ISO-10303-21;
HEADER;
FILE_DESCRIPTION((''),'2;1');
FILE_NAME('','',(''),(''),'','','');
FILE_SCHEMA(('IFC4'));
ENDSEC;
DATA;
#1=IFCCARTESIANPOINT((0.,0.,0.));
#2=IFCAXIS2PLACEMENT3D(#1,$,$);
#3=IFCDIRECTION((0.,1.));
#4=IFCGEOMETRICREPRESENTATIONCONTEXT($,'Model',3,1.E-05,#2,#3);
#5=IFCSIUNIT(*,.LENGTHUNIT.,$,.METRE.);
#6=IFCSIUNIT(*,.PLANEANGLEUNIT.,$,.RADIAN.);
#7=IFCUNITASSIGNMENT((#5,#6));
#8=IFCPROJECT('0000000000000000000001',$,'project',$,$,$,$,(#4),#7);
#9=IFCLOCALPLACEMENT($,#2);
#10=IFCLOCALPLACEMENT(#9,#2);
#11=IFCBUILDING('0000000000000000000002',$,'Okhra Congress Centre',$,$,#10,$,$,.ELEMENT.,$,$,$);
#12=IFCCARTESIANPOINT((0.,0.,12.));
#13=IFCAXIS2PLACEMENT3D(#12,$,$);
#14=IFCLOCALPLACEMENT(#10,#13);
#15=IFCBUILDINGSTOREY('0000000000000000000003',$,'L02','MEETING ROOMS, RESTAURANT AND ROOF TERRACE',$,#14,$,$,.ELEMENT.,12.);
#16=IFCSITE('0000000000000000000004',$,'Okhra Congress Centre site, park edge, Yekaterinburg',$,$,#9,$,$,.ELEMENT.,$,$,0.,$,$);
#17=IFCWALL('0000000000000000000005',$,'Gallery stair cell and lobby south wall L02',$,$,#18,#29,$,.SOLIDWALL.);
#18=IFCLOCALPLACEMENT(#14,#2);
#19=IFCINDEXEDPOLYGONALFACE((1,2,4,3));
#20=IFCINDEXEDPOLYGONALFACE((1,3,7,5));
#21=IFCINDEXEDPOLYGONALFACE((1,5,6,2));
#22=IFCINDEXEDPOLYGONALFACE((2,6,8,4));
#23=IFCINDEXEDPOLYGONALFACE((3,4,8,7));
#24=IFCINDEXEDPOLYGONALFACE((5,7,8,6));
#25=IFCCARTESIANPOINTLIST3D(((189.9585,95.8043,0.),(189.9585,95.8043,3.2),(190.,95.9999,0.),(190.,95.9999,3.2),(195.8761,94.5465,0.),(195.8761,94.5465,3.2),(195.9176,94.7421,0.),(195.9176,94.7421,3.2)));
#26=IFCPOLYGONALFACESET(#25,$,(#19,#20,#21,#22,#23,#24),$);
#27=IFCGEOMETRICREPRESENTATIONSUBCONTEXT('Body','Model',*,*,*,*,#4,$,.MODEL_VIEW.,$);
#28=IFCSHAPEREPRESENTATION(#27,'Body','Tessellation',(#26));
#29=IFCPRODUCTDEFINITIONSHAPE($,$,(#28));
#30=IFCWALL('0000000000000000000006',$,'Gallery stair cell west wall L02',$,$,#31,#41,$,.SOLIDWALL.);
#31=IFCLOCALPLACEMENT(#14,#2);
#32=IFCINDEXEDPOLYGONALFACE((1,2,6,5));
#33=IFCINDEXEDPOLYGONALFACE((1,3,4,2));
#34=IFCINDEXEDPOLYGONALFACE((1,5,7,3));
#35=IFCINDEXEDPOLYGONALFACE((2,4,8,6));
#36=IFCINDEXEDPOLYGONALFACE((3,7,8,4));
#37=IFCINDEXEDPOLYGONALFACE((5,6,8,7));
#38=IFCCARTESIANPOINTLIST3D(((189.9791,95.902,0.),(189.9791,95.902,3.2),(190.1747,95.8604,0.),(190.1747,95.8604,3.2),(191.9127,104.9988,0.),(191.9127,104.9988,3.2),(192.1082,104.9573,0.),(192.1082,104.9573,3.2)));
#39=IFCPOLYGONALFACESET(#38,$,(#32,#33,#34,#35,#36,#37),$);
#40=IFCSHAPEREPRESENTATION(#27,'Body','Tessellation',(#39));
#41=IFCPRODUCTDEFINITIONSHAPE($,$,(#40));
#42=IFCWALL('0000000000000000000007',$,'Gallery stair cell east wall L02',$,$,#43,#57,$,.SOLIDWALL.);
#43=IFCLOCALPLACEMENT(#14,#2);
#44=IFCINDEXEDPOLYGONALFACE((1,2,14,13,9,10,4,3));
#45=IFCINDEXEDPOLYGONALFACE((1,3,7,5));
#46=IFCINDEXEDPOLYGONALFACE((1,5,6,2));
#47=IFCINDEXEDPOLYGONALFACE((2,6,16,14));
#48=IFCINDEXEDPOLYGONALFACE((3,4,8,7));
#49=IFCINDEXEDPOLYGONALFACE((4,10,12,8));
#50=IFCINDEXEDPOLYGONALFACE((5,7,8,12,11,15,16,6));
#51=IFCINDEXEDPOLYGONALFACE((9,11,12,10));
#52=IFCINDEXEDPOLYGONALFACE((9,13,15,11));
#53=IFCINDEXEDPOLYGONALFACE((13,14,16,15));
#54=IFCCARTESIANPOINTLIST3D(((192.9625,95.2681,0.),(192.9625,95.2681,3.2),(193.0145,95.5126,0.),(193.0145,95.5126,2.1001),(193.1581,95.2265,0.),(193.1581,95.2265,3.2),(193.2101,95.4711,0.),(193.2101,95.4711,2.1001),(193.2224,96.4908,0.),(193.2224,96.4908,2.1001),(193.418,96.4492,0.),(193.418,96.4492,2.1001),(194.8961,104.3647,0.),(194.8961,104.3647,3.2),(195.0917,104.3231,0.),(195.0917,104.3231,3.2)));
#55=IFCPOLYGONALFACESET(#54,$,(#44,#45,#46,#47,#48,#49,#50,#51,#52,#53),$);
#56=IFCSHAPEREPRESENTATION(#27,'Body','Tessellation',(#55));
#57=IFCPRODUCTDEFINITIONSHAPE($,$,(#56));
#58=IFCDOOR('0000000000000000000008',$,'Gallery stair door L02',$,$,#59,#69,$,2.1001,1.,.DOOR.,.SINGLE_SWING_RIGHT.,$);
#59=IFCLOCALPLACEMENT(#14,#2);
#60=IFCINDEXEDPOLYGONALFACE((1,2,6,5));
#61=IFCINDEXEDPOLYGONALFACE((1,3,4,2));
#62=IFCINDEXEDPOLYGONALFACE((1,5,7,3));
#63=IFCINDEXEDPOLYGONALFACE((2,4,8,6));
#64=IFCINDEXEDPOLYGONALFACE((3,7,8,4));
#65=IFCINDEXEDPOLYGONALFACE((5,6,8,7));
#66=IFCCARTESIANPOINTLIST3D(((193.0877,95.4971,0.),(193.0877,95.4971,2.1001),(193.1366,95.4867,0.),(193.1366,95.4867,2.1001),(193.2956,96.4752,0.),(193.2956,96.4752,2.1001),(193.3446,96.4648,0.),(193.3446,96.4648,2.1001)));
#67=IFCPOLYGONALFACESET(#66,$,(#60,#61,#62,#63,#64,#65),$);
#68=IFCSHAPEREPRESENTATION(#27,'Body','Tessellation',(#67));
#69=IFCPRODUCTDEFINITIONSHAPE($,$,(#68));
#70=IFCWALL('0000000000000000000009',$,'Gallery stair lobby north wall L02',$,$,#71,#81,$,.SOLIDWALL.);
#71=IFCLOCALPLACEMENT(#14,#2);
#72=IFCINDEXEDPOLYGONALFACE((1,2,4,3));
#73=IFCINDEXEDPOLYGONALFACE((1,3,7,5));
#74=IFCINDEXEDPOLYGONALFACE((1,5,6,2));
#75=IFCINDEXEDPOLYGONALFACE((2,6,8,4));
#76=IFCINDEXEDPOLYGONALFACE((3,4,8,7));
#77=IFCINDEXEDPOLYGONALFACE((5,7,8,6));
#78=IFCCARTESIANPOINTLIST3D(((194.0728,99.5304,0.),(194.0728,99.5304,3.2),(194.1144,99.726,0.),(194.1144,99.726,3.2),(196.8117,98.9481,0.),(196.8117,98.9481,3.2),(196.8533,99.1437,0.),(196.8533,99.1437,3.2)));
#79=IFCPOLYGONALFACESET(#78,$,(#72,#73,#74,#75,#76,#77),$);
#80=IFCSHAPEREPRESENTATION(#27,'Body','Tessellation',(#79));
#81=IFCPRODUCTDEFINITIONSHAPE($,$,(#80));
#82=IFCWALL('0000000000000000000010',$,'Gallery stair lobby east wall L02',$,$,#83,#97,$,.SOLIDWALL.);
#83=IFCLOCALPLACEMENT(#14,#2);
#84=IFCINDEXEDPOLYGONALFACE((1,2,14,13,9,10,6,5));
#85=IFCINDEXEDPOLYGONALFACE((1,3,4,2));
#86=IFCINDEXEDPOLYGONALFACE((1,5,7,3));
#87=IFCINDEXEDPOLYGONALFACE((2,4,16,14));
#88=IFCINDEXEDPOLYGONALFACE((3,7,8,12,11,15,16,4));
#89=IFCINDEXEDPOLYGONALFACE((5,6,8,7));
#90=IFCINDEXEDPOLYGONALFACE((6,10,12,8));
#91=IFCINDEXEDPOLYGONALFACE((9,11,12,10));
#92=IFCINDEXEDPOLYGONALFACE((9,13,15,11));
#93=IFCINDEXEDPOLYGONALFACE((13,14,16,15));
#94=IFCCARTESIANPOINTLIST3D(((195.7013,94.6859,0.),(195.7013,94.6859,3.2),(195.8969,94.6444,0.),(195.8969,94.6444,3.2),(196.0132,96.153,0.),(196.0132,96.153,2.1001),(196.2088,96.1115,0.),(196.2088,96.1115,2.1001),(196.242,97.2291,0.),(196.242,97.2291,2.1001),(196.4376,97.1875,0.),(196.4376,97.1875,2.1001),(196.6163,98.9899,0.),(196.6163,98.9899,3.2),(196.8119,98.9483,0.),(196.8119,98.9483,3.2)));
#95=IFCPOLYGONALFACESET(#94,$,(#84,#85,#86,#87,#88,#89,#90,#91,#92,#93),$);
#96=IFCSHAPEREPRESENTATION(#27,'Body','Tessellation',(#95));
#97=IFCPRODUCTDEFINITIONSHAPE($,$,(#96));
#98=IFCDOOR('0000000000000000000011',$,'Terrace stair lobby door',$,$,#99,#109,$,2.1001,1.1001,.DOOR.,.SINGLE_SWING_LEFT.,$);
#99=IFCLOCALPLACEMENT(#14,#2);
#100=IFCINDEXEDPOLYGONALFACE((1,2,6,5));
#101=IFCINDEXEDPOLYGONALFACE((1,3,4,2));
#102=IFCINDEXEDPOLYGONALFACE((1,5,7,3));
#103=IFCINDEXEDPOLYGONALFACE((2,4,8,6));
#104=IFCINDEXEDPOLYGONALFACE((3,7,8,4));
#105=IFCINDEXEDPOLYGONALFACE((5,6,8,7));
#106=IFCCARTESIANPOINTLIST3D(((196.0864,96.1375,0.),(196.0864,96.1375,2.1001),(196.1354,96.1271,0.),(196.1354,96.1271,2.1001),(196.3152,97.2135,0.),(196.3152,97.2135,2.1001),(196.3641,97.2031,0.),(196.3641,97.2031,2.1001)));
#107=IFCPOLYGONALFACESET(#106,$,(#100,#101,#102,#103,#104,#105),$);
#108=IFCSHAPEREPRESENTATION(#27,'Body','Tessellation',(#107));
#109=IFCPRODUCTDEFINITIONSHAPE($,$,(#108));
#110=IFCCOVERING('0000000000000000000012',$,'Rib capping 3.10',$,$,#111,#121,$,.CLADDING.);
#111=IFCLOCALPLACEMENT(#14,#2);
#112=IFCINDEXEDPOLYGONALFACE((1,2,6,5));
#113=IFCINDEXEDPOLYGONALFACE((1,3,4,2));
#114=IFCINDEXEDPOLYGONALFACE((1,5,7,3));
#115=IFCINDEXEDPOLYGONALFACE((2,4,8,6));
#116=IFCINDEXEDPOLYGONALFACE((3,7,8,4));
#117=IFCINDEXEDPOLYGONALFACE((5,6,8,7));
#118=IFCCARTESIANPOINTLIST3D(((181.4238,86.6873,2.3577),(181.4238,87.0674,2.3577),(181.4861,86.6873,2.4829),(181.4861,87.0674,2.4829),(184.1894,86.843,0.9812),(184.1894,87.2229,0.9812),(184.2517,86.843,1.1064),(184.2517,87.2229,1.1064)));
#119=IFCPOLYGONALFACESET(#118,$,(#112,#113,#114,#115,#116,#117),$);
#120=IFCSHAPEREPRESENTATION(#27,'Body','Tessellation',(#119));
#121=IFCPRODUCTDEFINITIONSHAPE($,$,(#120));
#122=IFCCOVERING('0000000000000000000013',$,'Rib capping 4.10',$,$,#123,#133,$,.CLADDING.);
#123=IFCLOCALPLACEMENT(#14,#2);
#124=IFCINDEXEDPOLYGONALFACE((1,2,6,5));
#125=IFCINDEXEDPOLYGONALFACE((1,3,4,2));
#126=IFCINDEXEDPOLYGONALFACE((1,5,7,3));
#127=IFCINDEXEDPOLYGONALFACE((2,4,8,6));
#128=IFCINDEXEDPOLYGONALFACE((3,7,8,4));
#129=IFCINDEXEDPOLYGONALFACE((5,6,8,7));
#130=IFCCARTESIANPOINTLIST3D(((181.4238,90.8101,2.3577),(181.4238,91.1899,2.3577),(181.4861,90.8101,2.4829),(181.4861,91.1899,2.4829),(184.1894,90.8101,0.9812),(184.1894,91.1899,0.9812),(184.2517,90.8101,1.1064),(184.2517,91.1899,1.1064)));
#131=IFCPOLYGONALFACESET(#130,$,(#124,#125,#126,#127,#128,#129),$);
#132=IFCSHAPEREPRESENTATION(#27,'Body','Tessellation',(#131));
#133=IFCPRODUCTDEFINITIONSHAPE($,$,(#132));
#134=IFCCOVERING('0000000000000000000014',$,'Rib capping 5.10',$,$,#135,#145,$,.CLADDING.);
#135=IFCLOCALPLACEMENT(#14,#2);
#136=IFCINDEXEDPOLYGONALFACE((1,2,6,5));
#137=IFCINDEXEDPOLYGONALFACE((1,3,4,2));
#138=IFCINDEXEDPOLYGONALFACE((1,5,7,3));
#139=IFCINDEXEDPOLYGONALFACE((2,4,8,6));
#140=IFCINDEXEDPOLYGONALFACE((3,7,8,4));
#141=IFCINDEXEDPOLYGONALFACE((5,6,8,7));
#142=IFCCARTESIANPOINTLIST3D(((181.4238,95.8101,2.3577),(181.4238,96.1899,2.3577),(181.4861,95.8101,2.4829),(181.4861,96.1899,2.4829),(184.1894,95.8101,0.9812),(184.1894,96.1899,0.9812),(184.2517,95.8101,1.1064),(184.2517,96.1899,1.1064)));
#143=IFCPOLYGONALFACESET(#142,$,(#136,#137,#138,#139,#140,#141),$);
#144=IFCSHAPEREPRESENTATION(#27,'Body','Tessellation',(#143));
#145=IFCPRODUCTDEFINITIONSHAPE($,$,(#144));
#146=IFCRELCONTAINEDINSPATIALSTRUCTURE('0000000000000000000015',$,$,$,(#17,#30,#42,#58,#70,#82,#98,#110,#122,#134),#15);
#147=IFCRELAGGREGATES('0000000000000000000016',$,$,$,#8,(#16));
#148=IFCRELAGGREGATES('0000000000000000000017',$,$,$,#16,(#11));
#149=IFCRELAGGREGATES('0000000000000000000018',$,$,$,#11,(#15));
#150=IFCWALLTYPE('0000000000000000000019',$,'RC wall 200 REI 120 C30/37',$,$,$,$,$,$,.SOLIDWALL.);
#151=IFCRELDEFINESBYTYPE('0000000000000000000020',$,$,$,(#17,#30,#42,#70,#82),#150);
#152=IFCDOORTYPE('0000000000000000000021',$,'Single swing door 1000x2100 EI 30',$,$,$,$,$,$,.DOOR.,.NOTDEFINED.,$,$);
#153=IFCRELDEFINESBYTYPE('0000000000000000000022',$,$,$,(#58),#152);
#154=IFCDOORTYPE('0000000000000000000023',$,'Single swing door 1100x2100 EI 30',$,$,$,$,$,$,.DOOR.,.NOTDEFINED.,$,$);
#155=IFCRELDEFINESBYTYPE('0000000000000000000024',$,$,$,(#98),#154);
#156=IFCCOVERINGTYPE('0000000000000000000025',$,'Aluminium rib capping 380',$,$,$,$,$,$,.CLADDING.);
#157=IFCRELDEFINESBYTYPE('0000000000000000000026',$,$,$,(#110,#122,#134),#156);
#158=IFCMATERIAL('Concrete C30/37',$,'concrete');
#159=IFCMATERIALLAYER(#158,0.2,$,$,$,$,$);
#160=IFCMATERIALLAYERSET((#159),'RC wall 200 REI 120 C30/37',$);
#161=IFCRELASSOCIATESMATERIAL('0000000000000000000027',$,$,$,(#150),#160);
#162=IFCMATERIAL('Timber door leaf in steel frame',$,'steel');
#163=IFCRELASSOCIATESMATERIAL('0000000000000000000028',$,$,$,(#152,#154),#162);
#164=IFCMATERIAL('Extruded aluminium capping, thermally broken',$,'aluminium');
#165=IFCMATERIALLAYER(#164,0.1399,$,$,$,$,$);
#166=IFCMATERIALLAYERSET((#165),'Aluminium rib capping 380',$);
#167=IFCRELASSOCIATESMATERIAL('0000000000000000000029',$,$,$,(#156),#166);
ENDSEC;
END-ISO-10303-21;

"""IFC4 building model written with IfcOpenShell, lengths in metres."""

from ifc_helpers import new_model, si_unit, direction, frame, frame_2d, origin, place, context, subcontext, project, spatial, polyline, rectangle, outline, extrude, material, layer, layer_set, type_object, element, fill, save


model = new_model("IFC4")

# Units and contexts
model_context = context("Model", 3, precision=1e-05, world=origin(), true_north=direction((0.0, 1.0)))
body_context = subcontext(model_context, "Body", "Model", "MODEL_VIEW")
ifc_project = project(units=[si_unit("LENGTHUNIT", "METRE"), si_unit("PLANEANGLEUNIT", "RADIAN")], contexts=[model_context])

# Site, building, storey
site_placement = place(None, origin())
site = spatial("IfcSite", under=ifc_project, at=site_placement, Name="Okhra Congress Centre site, park edge, Yekaterinburg", CompositionType="ELEMENT", RefElevation=0.0)
building_placement = place(site_placement, origin())
building = spatial("IfcBuilding", under=site, at=building_placement, Name="Okhra Congress Centre", CompositionType="ELEMENT")
storey_placement = place(building_placement, frame((0.0, 0.0, 12.0)))
storey = spatial("IfcBuildingStorey", under=building, at=storey_placement, Name="L02", Description="MEETING ROOMS, RESTAURANT AND ROOF TERRACE", CompositionType="ELEMENT", Elevation=12.0)

# Walls
ifc_material_1 = material(Name="Concrete C30/37", Category="concrete")
ifc_layer_1 = layer(ifc_material_1, 0.2)
ifc_layer_set_1 = layer_set([ifc_layer_1], Name="RC wall 200 REI 120 C30/37")
wall_type_1 = type_object("IfcWallType", Name="RC wall 200 REI 120 C30/37", PredefinedType="SOLIDWALL", material=ifc_layer_set_1)
wall_1_placement = place(storey_placement, frame((189.9792, 95.9021, 0.0), z_axis=(0.0, 0.0, 1.0), x_axis=(0.978149, -0.207906, 0.0)))
element("IfcWall", 1, at=wall_1_placement, inside=storey, type_object=wall_type_1, Name="Gallery stair cell and lobby south wall L02", PredefinedType="SOLIDWALL", context=body_context, shape_type="SweptSolid", body=[
    extrude(rectangle(XDim=6.0498, YDim=0.2, at=frame_2d((3.0249, 0.0))), origin(), (0.0, 0.0, 1.0), 3.2),
])
wall_2_placement = place(storey_placement, frame((190.0769, 95.8813, 0.0), z_axis=(0.0, 0.0, 1.0), x_axis=(0.20791, 0.978148, 0.0)))
element("IfcWall", 2, at=wall_2_placement, inside=storey, type_object=wall_type_1, Name="Gallery stair cell west wall L02", PredefinedType="SOLIDWALL", context=body_context, shape_type="SweptSolid", body=[
    extrude(rectangle(XDim=9.3, YDim=0.2, at=frame_2d((4.6499, 0.0))), origin(), (0.0, 0.0, 1.0), 3.2),
])

# Wall, opening, door
wall_3_placement = place(storey_placement, frame((193.0603, 95.2473, 0.0), z_axis=(0.0, 0.0, 1.0), x_axis=(0.207915, 0.978147, 0.0)))
wall_3 = element("IfcWall", 3, at=wall_3_placement, inside=storey, type_object=wall_type_1, Name="Gallery stair cell east wall L02", PredefinedType="SOLIDWALL", context=body_context, shape_type="SweptSolid", body=[
    extrude(rectangle(XDim=9.2998, YDim=0.2, at=frame_2d((4.6499, 0.0))), origin(), (0.0, 0.0, 1.0), 3.2),
])
opening_1_placement = place(wall_3_placement, frame((0.25, 0.0, 0.0)))
opening_1 = element("IfcOpeningElement", 4, at=opening_1_placement, cuts=wall_3, PredefinedType="OPENING", context=body_context, shape_type="SweptSolid", body=[
    extrude(rectangle(XDim=1.0, YDim=2.1001, at=frame_2d((0.5, 1.05))), frame((0.0, 0.1099, 0.0), z_axis=(0.0, -1.0, 0.0), x_axis=(1.0, 0.0, 0.0)), (0.0, 0.0, 1.0), 0.22),
])
ifc_material_2 = material(Name="Timber door leaf in steel frame", Category="steel")
door_type_1 = type_object("IfcDoorType", Name="Single swing door 1000x2100 EI 30", OperationType="NOTDEFINED", PredefinedType="DOOR", material=ifc_material_2)
door_1_placement = place(opening_1_placement, frame((1.0, 0.0, 0.0), z_axis=(0.0, 0.0, 1.0), x_axis=(-1.0, 0.0, 0.0)))
door_1 = element("IfcDoor", 5, at=door_1_placement, inside=storey, type_object=door_type_1, Name="Gallery stair door L02", OperationType="SINGLE_SWING_RIGHT", OverallHeight=2.1001, OverallWidth=1.0, PredefinedType="DOOR", context=body_context, shape_type="SweptSolid", body=[
    extrude(rectangle(XDim=1.0, YDim=2.1001, at=frame_2d((0.5, 1.05))), frame((0.0, 0.0249, 0.0), z_axis=(0.0, -1.0, 0.0), x_axis=(1.0, 0.0, 0.0)), (0.0, 0.0, 1.0), 0.05),
])
fill(opening_1, door_1)

# Wall
wall_4_placement = place(storey_placement, frame((194.0938, 99.6282, 0.0), z_axis=(0.0, 0.0, 1.0), x_axis=(0.978138, -0.207957, 0.0)))
element("IfcWall", 6, at=wall_4_placement, inside=storey, type_object=wall_type_1, Name="Gallery stair lobby north wall L02", PredefinedType="SOLIDWALL", context=body_context, shape_type="SweptSolid", body=[
    extrude(rectangle(XDim=2.8, YDim=0.2, at=frame_2d((1.3999, 0.0))), origin(), (0.0, 0.0, 1.0), 3.2),
])

# Wall, opening, door
wall_5_placement = place(storey_placement, frame((195.7991, 94.665, 0.0), z_axis=(0.0, 0.0, 1.0), x_axis=(0.207956, 0.978138, 0.0)))
wall_5 = element("IfcWall", 7, at=wall_5_placement, inside=storey, type_object=wall_type_1, Name="Gallery stair lobby east wall L02", PredefinedType="SOLIDWALL", context=body_context, shape_type="SweptSolid", body=[
    extrude(rectangle(XDim=4.4001, YDim=0.2, at=frame_2d((2.2002, 0.0))), origin(), (0.0, 0.0, 1.0), 3.2),
])
opening_2_placement = place(wall_5_placement, frame((1.5, 0.0, 0.0)))
opening_2 = element("IfcOpeningElement", 8, at=opening_2_placement, cuts=wall_5, PredefinedType="OPENING", context=body_context, shape_type="SweptSolid", body=[
    extrude(rectangle(XDim=1.1001, YDim=2.1001, at=frame_2d((0.55, 1.05))), frame((0.0, 0.1099, 0.0), z_axis=(0.0, -1.0, 0.0), x_axis=(1.0, 0.0, 0.0)), (0.0, 0.0, 1.0), 0.22),
])
door_type_2 = type_object("IfcDoorType", Name="Single swing door 1100x2100 EI 30", OperationType="NOTDEFINED", PredefinedType="DOOR", material=ifc_material_2)
door_2_placement = place(opening_2_placement, frame((1.1001, 0.0, 0.0), z_axis=(0.0, 0.0, 1.0), x_axis=(-1.0, 0.0, 0.0)))
door_2 = element("IfcDoor", 9, at=door_2_placement, inside=storey, type_object=door_type_2, Name="Terrace stair lobby door", OperationType="SINGLE_SWING_LEFT", OverallHeight=2.1001, OverallWidth=1.1001, PredefinedType="DOOR", context=body_context, shape_type="SweptSolid", body=[
    extrude(rectangle(XDim=1.1001, YDim=2.1001, at=frame_2d((0.55, 1.05))), frame((0.0, 0.0249, 0.0), z_axis=(0.0, -1.0, 0.0), x_axis=(1.0, 0.0, 0.0)), (0.0, 0.0, 1.0), 0.05),
])
fill(opening_2, door_2)

# Coverings
ifc_material_3 = material(Name="Extruded aluminium capping, thermally broken", Category="aluminium")
ifc_layer_2 = layer(ifc_material_3, 0.1399)
ifc_layer_set_2 = layer_set([ifc_layer_2], Name="Aluminium rib capping 380")
covering_type = type_object("IfcCoveringType", Name="Aluminium rib capping 380", PredefinedType="CLADDING", material=ifc_layer_set_2)
covering_placement = place(storey_placement, frame((181.4861, 86.6873, 2.4829), z_axis=(0.445569, 0.0, 0.895248), x_axis=(0.894112, 0.050357, -0.445004)))
element("IfcCovering", 10, at=covering_placement, inside=storey, type_object=covering_type, Name="Rib capping 3.10", PredefinedType="CLADDING", context=body_context, shape_type="SweptSolid", body=[
    extrude(outline(polyline([(0.0, 0.0), (3.0932, 0.0), (3.1123, 0.3794), (0.0191, 0.3796), (0.0, 0.0)])), origin(), (0.0, 0.0, -1.0), 0.1399),
])
for number, where, z_axis, x_axis, name in (
    (11, (181.4861, 90.8101, 2.4829), (0.445569, 0.0, 0.895248), (0.895248, 0.0, -0.445569), "Rib capping 4.10"),
    (12, (181.4861, 95.8101, 2.4829), (0.445569, 0.0, 0.895248), (0.895248, 0.0, -0.445569), "Rib capping 5.10"),
):
    element("IfcCovering", number, at=place(storey_placement, frame(where, z_axis=z_axis, x_axis=x_axis)), inside=storey, type_object=covering_type, Name=name, PredefinedType="CLADDING", context=body_context, shape_type="SweptSolid", body=[
        extrude(outline(polyline([(0.0, 0.0), (3.0892, 0.0), (3.0892, 0.3799), (0.0, 0.3799), (0.0, 0.0)])), origin(), (0.0, 0.0, -1.0), 0.1399),
    ])

save(model, "model.ifc")
